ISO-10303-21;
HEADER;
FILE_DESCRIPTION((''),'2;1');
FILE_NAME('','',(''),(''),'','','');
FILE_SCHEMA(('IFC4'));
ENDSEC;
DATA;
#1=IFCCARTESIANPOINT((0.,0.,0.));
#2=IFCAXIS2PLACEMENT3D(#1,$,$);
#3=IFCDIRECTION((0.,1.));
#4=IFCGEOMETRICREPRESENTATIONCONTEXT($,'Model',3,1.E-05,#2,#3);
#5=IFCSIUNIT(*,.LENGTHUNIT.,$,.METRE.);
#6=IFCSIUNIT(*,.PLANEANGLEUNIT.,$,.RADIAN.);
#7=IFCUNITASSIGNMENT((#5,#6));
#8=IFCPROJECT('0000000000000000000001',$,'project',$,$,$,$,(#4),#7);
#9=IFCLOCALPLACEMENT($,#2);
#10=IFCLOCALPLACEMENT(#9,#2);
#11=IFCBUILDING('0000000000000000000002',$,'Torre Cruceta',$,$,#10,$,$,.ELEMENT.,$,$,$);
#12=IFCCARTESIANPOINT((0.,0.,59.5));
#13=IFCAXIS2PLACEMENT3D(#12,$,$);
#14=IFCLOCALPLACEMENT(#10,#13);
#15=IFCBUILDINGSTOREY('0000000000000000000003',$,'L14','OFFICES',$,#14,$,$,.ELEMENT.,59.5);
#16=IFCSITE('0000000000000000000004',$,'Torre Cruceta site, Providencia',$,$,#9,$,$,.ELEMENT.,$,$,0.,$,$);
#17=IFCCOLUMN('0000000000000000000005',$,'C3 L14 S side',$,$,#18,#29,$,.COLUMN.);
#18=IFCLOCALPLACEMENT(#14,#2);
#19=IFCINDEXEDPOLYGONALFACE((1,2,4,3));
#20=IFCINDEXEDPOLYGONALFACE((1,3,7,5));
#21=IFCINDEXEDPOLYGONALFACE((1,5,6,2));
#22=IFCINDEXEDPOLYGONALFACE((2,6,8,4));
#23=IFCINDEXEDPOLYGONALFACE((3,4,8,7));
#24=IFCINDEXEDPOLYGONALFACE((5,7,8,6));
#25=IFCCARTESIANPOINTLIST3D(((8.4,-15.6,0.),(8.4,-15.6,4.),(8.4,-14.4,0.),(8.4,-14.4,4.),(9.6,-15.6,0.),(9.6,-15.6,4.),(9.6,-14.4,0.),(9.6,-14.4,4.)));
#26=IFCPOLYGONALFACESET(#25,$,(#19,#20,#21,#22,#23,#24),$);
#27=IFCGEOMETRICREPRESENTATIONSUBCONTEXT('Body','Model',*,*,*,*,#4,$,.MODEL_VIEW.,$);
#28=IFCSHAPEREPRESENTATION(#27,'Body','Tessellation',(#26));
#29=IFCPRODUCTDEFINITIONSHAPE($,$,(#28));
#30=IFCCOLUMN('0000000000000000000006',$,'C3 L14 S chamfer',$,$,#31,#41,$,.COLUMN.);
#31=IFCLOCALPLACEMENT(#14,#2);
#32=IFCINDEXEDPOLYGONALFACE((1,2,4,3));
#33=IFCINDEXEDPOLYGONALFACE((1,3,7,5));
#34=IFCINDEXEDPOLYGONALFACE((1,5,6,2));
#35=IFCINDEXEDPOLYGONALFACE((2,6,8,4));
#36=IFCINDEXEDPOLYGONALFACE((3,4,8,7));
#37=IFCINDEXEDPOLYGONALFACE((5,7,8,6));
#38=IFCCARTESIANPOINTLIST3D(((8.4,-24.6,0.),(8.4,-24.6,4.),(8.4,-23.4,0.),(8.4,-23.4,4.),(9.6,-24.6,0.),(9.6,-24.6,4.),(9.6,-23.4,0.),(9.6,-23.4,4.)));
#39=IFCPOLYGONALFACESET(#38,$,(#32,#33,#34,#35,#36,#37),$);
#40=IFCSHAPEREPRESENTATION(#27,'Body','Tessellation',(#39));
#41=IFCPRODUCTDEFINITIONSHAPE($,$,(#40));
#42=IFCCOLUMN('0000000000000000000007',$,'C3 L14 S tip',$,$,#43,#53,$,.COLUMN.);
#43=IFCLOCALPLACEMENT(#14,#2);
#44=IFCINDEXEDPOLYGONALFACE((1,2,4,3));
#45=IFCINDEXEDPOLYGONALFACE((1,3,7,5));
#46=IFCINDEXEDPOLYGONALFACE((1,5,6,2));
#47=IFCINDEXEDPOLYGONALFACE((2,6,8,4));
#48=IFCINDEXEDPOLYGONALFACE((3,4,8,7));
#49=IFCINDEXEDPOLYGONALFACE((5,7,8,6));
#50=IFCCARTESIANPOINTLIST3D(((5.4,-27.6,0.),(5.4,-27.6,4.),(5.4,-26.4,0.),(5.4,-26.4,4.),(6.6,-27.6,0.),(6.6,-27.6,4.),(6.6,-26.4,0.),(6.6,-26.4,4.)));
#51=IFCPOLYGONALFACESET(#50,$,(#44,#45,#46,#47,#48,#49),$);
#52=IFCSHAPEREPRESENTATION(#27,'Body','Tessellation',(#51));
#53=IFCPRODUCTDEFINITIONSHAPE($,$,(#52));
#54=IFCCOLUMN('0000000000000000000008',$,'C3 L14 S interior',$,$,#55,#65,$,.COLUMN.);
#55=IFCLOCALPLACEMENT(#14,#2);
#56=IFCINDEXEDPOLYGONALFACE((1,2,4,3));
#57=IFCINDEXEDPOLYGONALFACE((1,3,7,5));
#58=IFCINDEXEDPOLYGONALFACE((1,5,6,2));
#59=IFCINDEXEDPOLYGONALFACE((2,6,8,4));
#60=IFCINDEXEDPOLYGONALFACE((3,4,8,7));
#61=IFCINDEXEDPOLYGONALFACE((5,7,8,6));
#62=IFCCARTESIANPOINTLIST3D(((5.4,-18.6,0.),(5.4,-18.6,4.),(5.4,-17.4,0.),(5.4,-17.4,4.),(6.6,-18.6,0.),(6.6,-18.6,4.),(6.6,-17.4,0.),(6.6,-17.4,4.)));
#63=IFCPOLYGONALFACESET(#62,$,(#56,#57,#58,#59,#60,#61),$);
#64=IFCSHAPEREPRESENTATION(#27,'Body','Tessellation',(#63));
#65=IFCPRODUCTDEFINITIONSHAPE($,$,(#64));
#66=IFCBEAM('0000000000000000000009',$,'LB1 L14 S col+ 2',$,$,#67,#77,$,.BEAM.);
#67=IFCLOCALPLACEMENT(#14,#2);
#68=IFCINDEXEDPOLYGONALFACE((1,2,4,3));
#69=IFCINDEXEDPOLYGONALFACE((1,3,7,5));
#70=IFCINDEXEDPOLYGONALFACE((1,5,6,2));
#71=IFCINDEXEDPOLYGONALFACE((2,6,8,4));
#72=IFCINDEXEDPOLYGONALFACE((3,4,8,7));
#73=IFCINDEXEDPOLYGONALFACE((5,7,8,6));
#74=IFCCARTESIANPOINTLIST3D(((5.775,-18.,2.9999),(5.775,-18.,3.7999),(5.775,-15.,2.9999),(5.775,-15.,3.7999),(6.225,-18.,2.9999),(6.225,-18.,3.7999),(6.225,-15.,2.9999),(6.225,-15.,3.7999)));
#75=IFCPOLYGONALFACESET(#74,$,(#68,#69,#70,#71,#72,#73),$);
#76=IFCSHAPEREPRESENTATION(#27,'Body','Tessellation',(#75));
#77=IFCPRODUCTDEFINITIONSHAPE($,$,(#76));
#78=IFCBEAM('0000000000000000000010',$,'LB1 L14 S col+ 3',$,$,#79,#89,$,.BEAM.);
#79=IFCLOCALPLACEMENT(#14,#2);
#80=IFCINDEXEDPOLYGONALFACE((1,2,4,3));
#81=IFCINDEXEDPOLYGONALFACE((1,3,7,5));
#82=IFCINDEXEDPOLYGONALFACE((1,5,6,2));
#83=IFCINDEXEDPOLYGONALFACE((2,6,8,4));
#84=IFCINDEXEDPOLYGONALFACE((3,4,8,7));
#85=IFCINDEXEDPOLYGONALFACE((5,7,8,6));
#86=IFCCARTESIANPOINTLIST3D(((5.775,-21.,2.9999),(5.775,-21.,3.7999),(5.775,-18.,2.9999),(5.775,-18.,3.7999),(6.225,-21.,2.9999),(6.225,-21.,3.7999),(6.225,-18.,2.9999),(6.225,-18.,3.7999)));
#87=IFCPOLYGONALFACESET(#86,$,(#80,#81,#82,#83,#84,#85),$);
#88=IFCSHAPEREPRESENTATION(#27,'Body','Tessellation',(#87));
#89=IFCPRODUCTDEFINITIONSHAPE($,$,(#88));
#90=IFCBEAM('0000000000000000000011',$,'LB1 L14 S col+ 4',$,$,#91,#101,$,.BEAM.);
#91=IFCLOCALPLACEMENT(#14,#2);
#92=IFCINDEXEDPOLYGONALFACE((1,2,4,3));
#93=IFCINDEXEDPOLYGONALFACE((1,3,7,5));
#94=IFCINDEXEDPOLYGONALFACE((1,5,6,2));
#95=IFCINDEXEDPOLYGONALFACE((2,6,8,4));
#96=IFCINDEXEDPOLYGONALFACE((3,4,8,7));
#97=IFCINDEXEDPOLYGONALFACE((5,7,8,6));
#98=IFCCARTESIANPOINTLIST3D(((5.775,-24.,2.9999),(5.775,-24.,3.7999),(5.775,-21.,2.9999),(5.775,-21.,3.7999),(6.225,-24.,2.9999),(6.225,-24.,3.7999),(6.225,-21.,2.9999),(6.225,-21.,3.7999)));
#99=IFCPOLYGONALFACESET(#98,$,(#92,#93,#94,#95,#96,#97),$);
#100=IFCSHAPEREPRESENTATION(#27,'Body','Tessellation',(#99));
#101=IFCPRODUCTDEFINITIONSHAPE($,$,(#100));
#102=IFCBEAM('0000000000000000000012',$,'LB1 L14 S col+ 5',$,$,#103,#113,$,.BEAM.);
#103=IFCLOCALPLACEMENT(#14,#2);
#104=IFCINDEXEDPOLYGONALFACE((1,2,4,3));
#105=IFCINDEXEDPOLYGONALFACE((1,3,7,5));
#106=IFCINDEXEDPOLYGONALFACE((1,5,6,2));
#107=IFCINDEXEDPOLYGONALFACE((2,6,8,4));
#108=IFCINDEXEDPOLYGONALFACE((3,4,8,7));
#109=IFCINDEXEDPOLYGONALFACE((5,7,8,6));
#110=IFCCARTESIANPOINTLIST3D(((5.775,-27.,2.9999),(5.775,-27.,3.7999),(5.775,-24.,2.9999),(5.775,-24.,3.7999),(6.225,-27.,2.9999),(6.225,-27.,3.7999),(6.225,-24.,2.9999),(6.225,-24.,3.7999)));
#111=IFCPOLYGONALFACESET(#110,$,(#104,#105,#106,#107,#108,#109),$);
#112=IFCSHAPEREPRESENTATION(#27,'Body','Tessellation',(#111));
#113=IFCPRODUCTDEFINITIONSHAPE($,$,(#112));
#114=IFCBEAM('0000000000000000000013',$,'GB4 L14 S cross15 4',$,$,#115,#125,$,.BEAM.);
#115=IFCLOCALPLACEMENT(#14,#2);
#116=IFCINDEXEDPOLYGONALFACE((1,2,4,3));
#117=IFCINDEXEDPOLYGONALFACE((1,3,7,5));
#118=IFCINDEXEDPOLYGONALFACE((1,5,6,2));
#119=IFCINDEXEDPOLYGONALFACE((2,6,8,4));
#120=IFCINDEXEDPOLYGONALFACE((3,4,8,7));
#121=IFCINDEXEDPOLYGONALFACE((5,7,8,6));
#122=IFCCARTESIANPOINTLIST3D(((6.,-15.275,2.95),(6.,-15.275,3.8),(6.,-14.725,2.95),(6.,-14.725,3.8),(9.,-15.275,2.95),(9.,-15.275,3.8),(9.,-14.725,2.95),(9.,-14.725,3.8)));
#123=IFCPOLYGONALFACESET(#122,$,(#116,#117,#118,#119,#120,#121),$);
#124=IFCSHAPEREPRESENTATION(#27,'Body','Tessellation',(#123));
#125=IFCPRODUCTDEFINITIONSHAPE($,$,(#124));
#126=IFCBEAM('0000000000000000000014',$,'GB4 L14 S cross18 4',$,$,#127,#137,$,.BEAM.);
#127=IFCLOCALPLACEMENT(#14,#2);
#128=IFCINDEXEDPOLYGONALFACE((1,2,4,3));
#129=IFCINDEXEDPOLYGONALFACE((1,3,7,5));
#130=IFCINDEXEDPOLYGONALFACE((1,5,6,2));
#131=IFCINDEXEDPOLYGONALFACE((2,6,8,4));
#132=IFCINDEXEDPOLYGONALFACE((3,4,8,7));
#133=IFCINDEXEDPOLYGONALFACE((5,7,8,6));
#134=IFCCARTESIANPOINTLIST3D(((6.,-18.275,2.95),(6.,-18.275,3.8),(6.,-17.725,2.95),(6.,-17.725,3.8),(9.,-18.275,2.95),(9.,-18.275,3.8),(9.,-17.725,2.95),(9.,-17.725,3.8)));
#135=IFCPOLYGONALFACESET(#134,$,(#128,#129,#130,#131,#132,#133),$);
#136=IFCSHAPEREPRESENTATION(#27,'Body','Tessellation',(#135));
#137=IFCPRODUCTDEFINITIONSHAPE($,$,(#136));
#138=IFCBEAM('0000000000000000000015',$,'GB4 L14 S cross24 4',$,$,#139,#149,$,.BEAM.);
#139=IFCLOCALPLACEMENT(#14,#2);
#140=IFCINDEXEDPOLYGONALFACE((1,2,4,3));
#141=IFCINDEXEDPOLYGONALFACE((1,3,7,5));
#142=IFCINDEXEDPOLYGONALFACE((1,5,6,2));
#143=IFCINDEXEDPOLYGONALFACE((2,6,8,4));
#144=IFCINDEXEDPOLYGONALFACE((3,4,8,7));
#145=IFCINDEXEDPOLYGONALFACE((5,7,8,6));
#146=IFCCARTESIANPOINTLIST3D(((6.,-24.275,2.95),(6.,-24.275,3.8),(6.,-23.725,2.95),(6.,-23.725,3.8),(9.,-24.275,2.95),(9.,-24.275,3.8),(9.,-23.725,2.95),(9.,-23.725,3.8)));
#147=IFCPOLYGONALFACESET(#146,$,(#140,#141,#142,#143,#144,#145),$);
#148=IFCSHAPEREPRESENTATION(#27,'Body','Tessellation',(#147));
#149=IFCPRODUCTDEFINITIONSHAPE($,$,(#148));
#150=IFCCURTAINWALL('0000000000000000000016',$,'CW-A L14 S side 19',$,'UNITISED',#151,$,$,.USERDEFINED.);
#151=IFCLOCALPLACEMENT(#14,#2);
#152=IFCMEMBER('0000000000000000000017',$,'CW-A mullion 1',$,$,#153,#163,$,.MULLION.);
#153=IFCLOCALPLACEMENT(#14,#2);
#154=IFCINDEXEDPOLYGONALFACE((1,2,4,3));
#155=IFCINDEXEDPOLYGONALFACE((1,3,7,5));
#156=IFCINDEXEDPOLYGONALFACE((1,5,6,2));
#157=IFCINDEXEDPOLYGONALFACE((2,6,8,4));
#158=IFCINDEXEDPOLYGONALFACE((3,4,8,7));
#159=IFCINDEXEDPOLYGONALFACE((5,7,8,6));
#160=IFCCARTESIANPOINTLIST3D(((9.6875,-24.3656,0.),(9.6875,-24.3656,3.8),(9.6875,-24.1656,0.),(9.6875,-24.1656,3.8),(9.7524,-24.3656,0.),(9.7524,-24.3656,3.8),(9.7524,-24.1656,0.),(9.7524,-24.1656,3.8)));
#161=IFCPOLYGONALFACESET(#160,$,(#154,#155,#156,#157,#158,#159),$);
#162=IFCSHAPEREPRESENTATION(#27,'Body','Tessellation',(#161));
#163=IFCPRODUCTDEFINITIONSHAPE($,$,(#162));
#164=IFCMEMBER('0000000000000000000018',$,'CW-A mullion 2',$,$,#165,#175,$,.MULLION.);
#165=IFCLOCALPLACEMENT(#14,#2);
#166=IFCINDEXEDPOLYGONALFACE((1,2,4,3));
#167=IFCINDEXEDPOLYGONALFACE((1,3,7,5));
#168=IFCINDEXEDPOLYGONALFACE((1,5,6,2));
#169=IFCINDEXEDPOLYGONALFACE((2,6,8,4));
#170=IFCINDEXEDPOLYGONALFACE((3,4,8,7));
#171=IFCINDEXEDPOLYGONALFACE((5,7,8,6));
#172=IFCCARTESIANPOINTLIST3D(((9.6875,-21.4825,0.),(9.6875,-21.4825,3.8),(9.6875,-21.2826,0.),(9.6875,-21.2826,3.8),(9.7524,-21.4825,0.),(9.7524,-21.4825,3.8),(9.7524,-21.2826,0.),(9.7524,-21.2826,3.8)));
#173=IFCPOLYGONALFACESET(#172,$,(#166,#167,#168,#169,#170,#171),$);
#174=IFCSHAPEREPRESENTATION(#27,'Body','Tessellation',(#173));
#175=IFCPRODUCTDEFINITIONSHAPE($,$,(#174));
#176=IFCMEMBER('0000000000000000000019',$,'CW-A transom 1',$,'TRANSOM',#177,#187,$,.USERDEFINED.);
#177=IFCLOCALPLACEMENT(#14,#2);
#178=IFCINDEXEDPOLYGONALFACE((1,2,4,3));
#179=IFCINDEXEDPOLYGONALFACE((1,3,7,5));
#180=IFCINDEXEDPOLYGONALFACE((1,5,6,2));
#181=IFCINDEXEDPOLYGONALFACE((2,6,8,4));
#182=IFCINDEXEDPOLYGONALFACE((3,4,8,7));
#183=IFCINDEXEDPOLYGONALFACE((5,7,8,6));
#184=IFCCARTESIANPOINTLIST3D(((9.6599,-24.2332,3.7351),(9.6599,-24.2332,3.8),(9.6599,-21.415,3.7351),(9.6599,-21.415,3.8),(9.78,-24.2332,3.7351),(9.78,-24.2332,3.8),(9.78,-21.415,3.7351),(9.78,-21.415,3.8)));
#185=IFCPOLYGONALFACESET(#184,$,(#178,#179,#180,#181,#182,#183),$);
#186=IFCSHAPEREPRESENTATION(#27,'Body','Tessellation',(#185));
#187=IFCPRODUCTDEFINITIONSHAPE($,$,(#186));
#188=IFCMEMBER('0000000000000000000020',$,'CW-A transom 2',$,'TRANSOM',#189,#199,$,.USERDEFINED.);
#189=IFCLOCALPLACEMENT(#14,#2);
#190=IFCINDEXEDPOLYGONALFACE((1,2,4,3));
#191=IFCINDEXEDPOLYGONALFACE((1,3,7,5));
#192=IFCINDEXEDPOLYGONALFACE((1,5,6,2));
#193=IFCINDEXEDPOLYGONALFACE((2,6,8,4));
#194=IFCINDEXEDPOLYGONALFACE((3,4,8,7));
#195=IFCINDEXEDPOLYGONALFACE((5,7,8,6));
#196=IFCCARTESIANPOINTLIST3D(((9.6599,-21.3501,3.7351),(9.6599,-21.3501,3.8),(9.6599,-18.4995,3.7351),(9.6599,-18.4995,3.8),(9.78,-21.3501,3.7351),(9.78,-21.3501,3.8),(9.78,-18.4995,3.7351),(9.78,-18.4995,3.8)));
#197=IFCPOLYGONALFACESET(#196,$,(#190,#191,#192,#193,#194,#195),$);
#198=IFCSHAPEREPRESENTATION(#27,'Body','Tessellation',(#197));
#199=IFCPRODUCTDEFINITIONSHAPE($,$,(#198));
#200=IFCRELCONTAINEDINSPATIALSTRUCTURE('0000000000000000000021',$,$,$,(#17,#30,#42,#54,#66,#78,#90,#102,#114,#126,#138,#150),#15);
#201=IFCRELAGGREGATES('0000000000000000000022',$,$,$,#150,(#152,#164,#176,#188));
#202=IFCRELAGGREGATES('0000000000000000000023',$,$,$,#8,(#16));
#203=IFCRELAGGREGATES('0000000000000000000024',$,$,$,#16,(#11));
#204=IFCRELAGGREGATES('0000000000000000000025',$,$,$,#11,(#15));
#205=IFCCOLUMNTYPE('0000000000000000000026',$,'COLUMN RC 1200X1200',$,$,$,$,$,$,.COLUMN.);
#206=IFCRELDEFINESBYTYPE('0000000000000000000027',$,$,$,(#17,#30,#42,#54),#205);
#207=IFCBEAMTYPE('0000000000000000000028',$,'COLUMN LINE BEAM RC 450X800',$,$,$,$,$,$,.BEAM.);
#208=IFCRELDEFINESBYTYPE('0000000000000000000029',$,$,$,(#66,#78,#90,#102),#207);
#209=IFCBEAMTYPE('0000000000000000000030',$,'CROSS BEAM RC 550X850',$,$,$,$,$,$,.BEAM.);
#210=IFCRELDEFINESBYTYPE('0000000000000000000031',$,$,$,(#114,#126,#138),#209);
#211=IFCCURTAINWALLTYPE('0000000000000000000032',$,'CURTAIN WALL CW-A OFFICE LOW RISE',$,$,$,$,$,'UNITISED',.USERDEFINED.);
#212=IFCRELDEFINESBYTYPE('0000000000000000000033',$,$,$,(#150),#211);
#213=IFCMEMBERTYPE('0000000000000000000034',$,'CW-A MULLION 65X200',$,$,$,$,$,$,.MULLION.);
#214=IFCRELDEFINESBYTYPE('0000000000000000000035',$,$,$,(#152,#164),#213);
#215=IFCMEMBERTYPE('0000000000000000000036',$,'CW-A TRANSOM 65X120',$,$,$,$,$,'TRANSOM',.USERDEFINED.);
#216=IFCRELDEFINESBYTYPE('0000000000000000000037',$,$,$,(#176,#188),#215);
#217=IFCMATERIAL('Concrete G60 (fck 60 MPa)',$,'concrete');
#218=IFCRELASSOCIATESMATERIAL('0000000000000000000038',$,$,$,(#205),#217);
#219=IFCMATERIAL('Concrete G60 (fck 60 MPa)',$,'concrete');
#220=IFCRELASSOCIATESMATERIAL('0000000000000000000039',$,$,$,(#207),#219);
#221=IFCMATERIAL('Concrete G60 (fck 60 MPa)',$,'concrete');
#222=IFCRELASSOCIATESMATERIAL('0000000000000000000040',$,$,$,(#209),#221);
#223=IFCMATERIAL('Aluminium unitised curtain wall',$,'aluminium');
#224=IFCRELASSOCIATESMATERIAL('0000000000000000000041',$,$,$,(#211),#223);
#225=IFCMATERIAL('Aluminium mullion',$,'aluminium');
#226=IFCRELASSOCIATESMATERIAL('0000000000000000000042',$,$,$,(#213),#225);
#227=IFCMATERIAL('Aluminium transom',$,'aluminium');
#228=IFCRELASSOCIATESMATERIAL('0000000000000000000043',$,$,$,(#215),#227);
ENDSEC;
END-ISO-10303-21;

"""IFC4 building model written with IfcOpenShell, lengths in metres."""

from ifc_helpers import new_model, si_unit, direction, frame, origin, origin_2d, place, context, subcontext, project, spatial, rectangle, extrude, material, material_profile, profile_set, type_object, element, aggregate, save


model = new_model("IFC4")

# Units and contexts
model_context = context("Model", 3, precision=1e-05, world=origin(), true_north=direction((0.0, 1.0)))
body_context = subcontext(model_context, "Body", "Model", "MODEL_VIEW")
ifc_project = project(units=[si_unit("LENGTHUNIT", "METRE"), si_unit("PLANEANGLEUNIT", "RADIAN")], contexts=[model_context])

# Site, building, storey
site_placement = place(None, origin())
site = spatial("IfcSite", under=ifc_project, at=site_placement, Name="Torre Cruceta site, Providencia", CompositionType="ELEMENT", RefElevation=0.0)
building_placement = place(site_placement, origin())
building = spatial("IfcBuilding", under=site, at=building_placement, Name="Torre Cruceta", CompositionType="ELEMENT")
storey_placement = place(building_placement, frame((0.0, 0.0, 59.5)))
storey = spatial("IfcBuildingStorey", under=building, at=storey_placement, Name="L14", Description="OFFICES", CompositionType="ELEMENT", Elevation=59.5)

# Columns
ifc_material_1 = material(Name="Concrete G60 (fck 60 MPa)", Category="concrete")
ifc_material_profile_1 = material_profile(ifc_material_1, rectangle(XDim=1.2, YDim=1.2, at=origin_2d()), Name="RC 1200X1200")
ifc_profile_set_1 = profile_set([ifc_material_profile_1], Name="Concrete G60 (fck 60 MPa)")
column_type = type_object("IfcColumnType", Name="COLUMN RC 1200X1200", PredefinedType="COLUMN", material=ifc_profile_set_1)
for number, where, z_axis, x_axis, name in (
    (1, (9.0, -15.0, 0.0), (0.0, 0.0, 1.0), (1.0, 0.0, 0.0), "C3 L14 S side"),
    (2, (9.0, -24.0, 0.0), (0.0, 0.0, 1.0), (1.0, 0.0, 0.0), "C3 L14 S chamfer"),
    (3, (6.0, -27.0, 0.0), (0.0, 0.0, 1.0), (1.0, 0.0, 0.0), "C3 L14 S tip"),
    (4, (6.0, -18.0, 0.0), (0.0, 0.0, 1.0), (1.0, 0.0, 0.0), "C3 L14 S interior"),
):
    element("IfcColumn", number, at=place(storey_placement, frame(where, z_axis=z_axis, x_axis=x_axis)), inside=storey, type_object=column_type, Name=name, PredefinedType="COLUMN", context=body_context, shape_type="SweptSolid", body=[
        extrude(rectangle(XDim=1.2, YDim=1.2, at=origin_2d()), origin(), (0.0, 0.0, 1.0), 4.0),
    ])

# Beams
ifc_material_2 = material(Name="Concrete G60 (fck 60 MPa)", Category="concrete")
ifc_material_profile_2 = material_profile(ifc_material_2, rectangle(XDim=0.45, YDim=0.8, at=origin_2d()), Name="RC 450X800")
ifc_profile_set_2 = profile_set([ifc_material_profile_2], Name="Concrete G60 (fck 60 MPa)")
beam_type_1 = type_object("IfcBeamType", Name="COLUMN LINE BEAM RC 450X800", PredefinedType="BEAM", material=ifc_profile_set_2)
for number, where, z_axis, x_axis, name in (
    (5, (6.0, -15.0, 3.3999), (0.0, -1.0, 0.0), (1.0, 0.0, 0.0), "LB1 L14 S col+ 2"),
    (6, (6.0, -18.0, 3.3999), (0.0, -1.0, 0.0), (1.0, 0.0, 0.0), "LB1 L14 S col+ 3"),
    (7, (6.0, -21.0, 3.3999), (0.0, -1.0, 0.0), (1.0, 0.0, 0.0), "LB1 L14 S col+ 4"),
    (8, (6.0, -24.0, 3.3999), (0.0, -1.0, 0.0), (1.0, 0.0, 0.0), "LB1 L14 S col+ 5"),
):
    element("IfcBeam", number, at=place(storey_placement, frame(where, z_axis=z_axis, x_axis=x_axis)), inside=storey, type_object=beam_type_1, Name=name, PredefinedType="BEAM", context=body_context, shape_type="SweptSolid", body=[
        extrude(rectangle(XDim=0.45, YDim=0.8, at=origin_2d()), origin(), (0.0, 0.0, 1.0), 3.0),
    ])
ifc_material_3 = material(Name="Concrete G60 (fck 60 MPa)", Category="concrete")
ifc_material_profile_3 = material_profile(ifc_material_3, rectangle(XDim=0.55, YDim=0.8501, at=origin_2d()), Name="RC 550X850")
ifc_profile_set_3 = profile_set([ifc_material_profile_3], Name="Concrete G60 (fck 60 MPa)")
beam_type_2 = type_object("IfcBeamType", Name="CROSS BEAM RC 550X850", PredefinedType="BEAM", material=ifc_profile_set_3)
for number, where, z_axis, x_axis, name in (
    (9, (6.0, -15.0, 3.375), (1.0, 0.0, 0.0), (0.0, 1.0, 0.0), "GB4 L14 S cross15 4"),
    (10, (6.0, -18.0, 3.375), (1.0, 0.0, 0.0), (0.0, 1.0, 0.0), "GB4 L14 S cross18 4"),
    (11, (6.0, -24.0, 3.375), (1.0, 0.0, 0.0), (0.0, 1.0, 0.0), "GB4 L14 S cross24 4"),
):
    element("IfcBeam", number, at=place(storey_placement, frame(where, z_axis=z_axis, x_axis=x_axis)), inside=storey, type_object=beam_type_2, Name=name, PredefinedType="BEAM", context=body_context, shape_type="SweptSolid", body=[
        extrude(rectangle(XDim=0.55, YDim=0.8501, at=origin_2d()), origin(), (0.0, 0.0, 1.0), 3.0),
    ])

# Curtain wall, members
ifc_material_4 = material(Name="Aluminium unitised curtain wall", Category="aluminium")
curtain_wall_type = type_object("IfcCurtainWallType", Name="CURTAIN WALL CW-A OFFICE LOW RISE", ElementType="UNITISED", PredefinedType="USERDEFINED", material=ifc_material_4)
curtain_wall_placement = place(storey_placement, origin())
curtain_wall = element("IfcCurtainWall", 12, at=curtain_wall_placement, inside=storey, type_object=curtain_wall_type, Name="CW-A L14 S side 19", ObjectType="UNITISED", PredefinedType="USERDEFINED")
ifc_material_5 = material(Name="Aluminium mullion", Category="aluminium")
ifc_material_profile_4 = material_profile(ifc_material_5, rectangle(XDim=0.0649, YDim=0.2, at=origin_2d()), Name="AL 65X200")
ifc_profile_set_4 = profile_set([ifc_material_profile_4], Name="Aluminium mullion")
member_type_1 = type_object("IfcMemberType", Name="CW-A MULLION 65X200", PredefinedType="MULLION", material=ifc_profile_set_4)
member_1_placement = place(storey_placement, frame((9.72, -24.2656, 0.0), z_axis=(0.0, 0.0, 1.0), x_axis=(-1.0, 0.0, 0.0)))
member_1 = element("IfcMember", 13, at=member_1_placement, type_object=member_type_1, Name="CW-A mullion 1", PredefinedType="MULLION", context=body_context, shape_type="SweptSolid", body=[
    extrude(rectangle(XDim=0.0649, YDim=0.2, at=origin_2d()), origin(), (0.0, 0.0, 1.0), 3.8),
])
member_2_placement = place(storey_placement, frame((9.72, -21.3826, 0.0), z_axis=(0.0, 0.0, 1.0), x_axis=(-1.0, 0.0, 0.0)))
member_2 = element("IfcMember", 14, at=member_2_placement, type_object=member_type_1, Name="CW-A mullion 2", PredefinedType="MULLION", context=body_context, shape_type="SweptSolid", body=[
    extrude(rectangle(XDim=0.0649, YDim=0.2, at=origin_2d()), origin(), (0.0, 0.0, 1.0), 3.8),
])
ifc_material_6 = material(Name="Aluminium transom", Category="aluminium")
ifc_material_profile_5 = material_profile(ifc_material_6, rectangle(XDim=0.1201, YDim=0.0649, at=origin_2d()), Name="AL 120X65")
ifc_profile_set_5 = profile_set([ifc_material_profile_5], Name="Aluminium transom")
member_type_2 = type_object("IfcMemberType", Name="CW-A TRANSOM 65X120", ElementType="TRANSOM", PredefinedType="USERDEFINED", material=ifc_profile_set_5)
member_3_placement = place(storey_placement, frame((9.72, -24.2332, 3.7676), z_axis=(0.0, 1.0, 0.0), x_axis=(-1.0, 0.0, 0.0)))
member_3 = element("IfcMember", 15, at=member_3_placement, type_object=member_type_2, Name="CW-A transom 1", ObjectType="TRANSOM", PredefinedType="USERDEFINED", context=body_context, shape_type="SweptSolid", body=[
    extrude(rectangle(XDim=0.1201, YDim=0.0649, at=origin_2d()), origin(), (0.0, 0.0, 1.0), 2.8181),
])
member_4_placement = place(storey_placement, frame((9.72, -21.3501, 3.7676), z_axis=(0.0, 1.0, 0.0), x_axis=(-1.0, 0.0, 0.0)))
member_4 = element("IfcMember", 16, at=member_4_placement, type_object=member_type_2, Name="CW-A transom 2", ObjectType="TRANSOM", PredefinedType="USERDEFINED", context=body_context, shape_type="SweptSolid", body=[
    extrude(rectangle(XDim=0.1201, YDim=0.0649, at=origin_2d()), origin(), (0.0, 0.0, 1.0), 2.8506),
])

aggregate(curtain_wall, [member_1, member_2, member_3, member_4])

save(model, "model.ifc")
